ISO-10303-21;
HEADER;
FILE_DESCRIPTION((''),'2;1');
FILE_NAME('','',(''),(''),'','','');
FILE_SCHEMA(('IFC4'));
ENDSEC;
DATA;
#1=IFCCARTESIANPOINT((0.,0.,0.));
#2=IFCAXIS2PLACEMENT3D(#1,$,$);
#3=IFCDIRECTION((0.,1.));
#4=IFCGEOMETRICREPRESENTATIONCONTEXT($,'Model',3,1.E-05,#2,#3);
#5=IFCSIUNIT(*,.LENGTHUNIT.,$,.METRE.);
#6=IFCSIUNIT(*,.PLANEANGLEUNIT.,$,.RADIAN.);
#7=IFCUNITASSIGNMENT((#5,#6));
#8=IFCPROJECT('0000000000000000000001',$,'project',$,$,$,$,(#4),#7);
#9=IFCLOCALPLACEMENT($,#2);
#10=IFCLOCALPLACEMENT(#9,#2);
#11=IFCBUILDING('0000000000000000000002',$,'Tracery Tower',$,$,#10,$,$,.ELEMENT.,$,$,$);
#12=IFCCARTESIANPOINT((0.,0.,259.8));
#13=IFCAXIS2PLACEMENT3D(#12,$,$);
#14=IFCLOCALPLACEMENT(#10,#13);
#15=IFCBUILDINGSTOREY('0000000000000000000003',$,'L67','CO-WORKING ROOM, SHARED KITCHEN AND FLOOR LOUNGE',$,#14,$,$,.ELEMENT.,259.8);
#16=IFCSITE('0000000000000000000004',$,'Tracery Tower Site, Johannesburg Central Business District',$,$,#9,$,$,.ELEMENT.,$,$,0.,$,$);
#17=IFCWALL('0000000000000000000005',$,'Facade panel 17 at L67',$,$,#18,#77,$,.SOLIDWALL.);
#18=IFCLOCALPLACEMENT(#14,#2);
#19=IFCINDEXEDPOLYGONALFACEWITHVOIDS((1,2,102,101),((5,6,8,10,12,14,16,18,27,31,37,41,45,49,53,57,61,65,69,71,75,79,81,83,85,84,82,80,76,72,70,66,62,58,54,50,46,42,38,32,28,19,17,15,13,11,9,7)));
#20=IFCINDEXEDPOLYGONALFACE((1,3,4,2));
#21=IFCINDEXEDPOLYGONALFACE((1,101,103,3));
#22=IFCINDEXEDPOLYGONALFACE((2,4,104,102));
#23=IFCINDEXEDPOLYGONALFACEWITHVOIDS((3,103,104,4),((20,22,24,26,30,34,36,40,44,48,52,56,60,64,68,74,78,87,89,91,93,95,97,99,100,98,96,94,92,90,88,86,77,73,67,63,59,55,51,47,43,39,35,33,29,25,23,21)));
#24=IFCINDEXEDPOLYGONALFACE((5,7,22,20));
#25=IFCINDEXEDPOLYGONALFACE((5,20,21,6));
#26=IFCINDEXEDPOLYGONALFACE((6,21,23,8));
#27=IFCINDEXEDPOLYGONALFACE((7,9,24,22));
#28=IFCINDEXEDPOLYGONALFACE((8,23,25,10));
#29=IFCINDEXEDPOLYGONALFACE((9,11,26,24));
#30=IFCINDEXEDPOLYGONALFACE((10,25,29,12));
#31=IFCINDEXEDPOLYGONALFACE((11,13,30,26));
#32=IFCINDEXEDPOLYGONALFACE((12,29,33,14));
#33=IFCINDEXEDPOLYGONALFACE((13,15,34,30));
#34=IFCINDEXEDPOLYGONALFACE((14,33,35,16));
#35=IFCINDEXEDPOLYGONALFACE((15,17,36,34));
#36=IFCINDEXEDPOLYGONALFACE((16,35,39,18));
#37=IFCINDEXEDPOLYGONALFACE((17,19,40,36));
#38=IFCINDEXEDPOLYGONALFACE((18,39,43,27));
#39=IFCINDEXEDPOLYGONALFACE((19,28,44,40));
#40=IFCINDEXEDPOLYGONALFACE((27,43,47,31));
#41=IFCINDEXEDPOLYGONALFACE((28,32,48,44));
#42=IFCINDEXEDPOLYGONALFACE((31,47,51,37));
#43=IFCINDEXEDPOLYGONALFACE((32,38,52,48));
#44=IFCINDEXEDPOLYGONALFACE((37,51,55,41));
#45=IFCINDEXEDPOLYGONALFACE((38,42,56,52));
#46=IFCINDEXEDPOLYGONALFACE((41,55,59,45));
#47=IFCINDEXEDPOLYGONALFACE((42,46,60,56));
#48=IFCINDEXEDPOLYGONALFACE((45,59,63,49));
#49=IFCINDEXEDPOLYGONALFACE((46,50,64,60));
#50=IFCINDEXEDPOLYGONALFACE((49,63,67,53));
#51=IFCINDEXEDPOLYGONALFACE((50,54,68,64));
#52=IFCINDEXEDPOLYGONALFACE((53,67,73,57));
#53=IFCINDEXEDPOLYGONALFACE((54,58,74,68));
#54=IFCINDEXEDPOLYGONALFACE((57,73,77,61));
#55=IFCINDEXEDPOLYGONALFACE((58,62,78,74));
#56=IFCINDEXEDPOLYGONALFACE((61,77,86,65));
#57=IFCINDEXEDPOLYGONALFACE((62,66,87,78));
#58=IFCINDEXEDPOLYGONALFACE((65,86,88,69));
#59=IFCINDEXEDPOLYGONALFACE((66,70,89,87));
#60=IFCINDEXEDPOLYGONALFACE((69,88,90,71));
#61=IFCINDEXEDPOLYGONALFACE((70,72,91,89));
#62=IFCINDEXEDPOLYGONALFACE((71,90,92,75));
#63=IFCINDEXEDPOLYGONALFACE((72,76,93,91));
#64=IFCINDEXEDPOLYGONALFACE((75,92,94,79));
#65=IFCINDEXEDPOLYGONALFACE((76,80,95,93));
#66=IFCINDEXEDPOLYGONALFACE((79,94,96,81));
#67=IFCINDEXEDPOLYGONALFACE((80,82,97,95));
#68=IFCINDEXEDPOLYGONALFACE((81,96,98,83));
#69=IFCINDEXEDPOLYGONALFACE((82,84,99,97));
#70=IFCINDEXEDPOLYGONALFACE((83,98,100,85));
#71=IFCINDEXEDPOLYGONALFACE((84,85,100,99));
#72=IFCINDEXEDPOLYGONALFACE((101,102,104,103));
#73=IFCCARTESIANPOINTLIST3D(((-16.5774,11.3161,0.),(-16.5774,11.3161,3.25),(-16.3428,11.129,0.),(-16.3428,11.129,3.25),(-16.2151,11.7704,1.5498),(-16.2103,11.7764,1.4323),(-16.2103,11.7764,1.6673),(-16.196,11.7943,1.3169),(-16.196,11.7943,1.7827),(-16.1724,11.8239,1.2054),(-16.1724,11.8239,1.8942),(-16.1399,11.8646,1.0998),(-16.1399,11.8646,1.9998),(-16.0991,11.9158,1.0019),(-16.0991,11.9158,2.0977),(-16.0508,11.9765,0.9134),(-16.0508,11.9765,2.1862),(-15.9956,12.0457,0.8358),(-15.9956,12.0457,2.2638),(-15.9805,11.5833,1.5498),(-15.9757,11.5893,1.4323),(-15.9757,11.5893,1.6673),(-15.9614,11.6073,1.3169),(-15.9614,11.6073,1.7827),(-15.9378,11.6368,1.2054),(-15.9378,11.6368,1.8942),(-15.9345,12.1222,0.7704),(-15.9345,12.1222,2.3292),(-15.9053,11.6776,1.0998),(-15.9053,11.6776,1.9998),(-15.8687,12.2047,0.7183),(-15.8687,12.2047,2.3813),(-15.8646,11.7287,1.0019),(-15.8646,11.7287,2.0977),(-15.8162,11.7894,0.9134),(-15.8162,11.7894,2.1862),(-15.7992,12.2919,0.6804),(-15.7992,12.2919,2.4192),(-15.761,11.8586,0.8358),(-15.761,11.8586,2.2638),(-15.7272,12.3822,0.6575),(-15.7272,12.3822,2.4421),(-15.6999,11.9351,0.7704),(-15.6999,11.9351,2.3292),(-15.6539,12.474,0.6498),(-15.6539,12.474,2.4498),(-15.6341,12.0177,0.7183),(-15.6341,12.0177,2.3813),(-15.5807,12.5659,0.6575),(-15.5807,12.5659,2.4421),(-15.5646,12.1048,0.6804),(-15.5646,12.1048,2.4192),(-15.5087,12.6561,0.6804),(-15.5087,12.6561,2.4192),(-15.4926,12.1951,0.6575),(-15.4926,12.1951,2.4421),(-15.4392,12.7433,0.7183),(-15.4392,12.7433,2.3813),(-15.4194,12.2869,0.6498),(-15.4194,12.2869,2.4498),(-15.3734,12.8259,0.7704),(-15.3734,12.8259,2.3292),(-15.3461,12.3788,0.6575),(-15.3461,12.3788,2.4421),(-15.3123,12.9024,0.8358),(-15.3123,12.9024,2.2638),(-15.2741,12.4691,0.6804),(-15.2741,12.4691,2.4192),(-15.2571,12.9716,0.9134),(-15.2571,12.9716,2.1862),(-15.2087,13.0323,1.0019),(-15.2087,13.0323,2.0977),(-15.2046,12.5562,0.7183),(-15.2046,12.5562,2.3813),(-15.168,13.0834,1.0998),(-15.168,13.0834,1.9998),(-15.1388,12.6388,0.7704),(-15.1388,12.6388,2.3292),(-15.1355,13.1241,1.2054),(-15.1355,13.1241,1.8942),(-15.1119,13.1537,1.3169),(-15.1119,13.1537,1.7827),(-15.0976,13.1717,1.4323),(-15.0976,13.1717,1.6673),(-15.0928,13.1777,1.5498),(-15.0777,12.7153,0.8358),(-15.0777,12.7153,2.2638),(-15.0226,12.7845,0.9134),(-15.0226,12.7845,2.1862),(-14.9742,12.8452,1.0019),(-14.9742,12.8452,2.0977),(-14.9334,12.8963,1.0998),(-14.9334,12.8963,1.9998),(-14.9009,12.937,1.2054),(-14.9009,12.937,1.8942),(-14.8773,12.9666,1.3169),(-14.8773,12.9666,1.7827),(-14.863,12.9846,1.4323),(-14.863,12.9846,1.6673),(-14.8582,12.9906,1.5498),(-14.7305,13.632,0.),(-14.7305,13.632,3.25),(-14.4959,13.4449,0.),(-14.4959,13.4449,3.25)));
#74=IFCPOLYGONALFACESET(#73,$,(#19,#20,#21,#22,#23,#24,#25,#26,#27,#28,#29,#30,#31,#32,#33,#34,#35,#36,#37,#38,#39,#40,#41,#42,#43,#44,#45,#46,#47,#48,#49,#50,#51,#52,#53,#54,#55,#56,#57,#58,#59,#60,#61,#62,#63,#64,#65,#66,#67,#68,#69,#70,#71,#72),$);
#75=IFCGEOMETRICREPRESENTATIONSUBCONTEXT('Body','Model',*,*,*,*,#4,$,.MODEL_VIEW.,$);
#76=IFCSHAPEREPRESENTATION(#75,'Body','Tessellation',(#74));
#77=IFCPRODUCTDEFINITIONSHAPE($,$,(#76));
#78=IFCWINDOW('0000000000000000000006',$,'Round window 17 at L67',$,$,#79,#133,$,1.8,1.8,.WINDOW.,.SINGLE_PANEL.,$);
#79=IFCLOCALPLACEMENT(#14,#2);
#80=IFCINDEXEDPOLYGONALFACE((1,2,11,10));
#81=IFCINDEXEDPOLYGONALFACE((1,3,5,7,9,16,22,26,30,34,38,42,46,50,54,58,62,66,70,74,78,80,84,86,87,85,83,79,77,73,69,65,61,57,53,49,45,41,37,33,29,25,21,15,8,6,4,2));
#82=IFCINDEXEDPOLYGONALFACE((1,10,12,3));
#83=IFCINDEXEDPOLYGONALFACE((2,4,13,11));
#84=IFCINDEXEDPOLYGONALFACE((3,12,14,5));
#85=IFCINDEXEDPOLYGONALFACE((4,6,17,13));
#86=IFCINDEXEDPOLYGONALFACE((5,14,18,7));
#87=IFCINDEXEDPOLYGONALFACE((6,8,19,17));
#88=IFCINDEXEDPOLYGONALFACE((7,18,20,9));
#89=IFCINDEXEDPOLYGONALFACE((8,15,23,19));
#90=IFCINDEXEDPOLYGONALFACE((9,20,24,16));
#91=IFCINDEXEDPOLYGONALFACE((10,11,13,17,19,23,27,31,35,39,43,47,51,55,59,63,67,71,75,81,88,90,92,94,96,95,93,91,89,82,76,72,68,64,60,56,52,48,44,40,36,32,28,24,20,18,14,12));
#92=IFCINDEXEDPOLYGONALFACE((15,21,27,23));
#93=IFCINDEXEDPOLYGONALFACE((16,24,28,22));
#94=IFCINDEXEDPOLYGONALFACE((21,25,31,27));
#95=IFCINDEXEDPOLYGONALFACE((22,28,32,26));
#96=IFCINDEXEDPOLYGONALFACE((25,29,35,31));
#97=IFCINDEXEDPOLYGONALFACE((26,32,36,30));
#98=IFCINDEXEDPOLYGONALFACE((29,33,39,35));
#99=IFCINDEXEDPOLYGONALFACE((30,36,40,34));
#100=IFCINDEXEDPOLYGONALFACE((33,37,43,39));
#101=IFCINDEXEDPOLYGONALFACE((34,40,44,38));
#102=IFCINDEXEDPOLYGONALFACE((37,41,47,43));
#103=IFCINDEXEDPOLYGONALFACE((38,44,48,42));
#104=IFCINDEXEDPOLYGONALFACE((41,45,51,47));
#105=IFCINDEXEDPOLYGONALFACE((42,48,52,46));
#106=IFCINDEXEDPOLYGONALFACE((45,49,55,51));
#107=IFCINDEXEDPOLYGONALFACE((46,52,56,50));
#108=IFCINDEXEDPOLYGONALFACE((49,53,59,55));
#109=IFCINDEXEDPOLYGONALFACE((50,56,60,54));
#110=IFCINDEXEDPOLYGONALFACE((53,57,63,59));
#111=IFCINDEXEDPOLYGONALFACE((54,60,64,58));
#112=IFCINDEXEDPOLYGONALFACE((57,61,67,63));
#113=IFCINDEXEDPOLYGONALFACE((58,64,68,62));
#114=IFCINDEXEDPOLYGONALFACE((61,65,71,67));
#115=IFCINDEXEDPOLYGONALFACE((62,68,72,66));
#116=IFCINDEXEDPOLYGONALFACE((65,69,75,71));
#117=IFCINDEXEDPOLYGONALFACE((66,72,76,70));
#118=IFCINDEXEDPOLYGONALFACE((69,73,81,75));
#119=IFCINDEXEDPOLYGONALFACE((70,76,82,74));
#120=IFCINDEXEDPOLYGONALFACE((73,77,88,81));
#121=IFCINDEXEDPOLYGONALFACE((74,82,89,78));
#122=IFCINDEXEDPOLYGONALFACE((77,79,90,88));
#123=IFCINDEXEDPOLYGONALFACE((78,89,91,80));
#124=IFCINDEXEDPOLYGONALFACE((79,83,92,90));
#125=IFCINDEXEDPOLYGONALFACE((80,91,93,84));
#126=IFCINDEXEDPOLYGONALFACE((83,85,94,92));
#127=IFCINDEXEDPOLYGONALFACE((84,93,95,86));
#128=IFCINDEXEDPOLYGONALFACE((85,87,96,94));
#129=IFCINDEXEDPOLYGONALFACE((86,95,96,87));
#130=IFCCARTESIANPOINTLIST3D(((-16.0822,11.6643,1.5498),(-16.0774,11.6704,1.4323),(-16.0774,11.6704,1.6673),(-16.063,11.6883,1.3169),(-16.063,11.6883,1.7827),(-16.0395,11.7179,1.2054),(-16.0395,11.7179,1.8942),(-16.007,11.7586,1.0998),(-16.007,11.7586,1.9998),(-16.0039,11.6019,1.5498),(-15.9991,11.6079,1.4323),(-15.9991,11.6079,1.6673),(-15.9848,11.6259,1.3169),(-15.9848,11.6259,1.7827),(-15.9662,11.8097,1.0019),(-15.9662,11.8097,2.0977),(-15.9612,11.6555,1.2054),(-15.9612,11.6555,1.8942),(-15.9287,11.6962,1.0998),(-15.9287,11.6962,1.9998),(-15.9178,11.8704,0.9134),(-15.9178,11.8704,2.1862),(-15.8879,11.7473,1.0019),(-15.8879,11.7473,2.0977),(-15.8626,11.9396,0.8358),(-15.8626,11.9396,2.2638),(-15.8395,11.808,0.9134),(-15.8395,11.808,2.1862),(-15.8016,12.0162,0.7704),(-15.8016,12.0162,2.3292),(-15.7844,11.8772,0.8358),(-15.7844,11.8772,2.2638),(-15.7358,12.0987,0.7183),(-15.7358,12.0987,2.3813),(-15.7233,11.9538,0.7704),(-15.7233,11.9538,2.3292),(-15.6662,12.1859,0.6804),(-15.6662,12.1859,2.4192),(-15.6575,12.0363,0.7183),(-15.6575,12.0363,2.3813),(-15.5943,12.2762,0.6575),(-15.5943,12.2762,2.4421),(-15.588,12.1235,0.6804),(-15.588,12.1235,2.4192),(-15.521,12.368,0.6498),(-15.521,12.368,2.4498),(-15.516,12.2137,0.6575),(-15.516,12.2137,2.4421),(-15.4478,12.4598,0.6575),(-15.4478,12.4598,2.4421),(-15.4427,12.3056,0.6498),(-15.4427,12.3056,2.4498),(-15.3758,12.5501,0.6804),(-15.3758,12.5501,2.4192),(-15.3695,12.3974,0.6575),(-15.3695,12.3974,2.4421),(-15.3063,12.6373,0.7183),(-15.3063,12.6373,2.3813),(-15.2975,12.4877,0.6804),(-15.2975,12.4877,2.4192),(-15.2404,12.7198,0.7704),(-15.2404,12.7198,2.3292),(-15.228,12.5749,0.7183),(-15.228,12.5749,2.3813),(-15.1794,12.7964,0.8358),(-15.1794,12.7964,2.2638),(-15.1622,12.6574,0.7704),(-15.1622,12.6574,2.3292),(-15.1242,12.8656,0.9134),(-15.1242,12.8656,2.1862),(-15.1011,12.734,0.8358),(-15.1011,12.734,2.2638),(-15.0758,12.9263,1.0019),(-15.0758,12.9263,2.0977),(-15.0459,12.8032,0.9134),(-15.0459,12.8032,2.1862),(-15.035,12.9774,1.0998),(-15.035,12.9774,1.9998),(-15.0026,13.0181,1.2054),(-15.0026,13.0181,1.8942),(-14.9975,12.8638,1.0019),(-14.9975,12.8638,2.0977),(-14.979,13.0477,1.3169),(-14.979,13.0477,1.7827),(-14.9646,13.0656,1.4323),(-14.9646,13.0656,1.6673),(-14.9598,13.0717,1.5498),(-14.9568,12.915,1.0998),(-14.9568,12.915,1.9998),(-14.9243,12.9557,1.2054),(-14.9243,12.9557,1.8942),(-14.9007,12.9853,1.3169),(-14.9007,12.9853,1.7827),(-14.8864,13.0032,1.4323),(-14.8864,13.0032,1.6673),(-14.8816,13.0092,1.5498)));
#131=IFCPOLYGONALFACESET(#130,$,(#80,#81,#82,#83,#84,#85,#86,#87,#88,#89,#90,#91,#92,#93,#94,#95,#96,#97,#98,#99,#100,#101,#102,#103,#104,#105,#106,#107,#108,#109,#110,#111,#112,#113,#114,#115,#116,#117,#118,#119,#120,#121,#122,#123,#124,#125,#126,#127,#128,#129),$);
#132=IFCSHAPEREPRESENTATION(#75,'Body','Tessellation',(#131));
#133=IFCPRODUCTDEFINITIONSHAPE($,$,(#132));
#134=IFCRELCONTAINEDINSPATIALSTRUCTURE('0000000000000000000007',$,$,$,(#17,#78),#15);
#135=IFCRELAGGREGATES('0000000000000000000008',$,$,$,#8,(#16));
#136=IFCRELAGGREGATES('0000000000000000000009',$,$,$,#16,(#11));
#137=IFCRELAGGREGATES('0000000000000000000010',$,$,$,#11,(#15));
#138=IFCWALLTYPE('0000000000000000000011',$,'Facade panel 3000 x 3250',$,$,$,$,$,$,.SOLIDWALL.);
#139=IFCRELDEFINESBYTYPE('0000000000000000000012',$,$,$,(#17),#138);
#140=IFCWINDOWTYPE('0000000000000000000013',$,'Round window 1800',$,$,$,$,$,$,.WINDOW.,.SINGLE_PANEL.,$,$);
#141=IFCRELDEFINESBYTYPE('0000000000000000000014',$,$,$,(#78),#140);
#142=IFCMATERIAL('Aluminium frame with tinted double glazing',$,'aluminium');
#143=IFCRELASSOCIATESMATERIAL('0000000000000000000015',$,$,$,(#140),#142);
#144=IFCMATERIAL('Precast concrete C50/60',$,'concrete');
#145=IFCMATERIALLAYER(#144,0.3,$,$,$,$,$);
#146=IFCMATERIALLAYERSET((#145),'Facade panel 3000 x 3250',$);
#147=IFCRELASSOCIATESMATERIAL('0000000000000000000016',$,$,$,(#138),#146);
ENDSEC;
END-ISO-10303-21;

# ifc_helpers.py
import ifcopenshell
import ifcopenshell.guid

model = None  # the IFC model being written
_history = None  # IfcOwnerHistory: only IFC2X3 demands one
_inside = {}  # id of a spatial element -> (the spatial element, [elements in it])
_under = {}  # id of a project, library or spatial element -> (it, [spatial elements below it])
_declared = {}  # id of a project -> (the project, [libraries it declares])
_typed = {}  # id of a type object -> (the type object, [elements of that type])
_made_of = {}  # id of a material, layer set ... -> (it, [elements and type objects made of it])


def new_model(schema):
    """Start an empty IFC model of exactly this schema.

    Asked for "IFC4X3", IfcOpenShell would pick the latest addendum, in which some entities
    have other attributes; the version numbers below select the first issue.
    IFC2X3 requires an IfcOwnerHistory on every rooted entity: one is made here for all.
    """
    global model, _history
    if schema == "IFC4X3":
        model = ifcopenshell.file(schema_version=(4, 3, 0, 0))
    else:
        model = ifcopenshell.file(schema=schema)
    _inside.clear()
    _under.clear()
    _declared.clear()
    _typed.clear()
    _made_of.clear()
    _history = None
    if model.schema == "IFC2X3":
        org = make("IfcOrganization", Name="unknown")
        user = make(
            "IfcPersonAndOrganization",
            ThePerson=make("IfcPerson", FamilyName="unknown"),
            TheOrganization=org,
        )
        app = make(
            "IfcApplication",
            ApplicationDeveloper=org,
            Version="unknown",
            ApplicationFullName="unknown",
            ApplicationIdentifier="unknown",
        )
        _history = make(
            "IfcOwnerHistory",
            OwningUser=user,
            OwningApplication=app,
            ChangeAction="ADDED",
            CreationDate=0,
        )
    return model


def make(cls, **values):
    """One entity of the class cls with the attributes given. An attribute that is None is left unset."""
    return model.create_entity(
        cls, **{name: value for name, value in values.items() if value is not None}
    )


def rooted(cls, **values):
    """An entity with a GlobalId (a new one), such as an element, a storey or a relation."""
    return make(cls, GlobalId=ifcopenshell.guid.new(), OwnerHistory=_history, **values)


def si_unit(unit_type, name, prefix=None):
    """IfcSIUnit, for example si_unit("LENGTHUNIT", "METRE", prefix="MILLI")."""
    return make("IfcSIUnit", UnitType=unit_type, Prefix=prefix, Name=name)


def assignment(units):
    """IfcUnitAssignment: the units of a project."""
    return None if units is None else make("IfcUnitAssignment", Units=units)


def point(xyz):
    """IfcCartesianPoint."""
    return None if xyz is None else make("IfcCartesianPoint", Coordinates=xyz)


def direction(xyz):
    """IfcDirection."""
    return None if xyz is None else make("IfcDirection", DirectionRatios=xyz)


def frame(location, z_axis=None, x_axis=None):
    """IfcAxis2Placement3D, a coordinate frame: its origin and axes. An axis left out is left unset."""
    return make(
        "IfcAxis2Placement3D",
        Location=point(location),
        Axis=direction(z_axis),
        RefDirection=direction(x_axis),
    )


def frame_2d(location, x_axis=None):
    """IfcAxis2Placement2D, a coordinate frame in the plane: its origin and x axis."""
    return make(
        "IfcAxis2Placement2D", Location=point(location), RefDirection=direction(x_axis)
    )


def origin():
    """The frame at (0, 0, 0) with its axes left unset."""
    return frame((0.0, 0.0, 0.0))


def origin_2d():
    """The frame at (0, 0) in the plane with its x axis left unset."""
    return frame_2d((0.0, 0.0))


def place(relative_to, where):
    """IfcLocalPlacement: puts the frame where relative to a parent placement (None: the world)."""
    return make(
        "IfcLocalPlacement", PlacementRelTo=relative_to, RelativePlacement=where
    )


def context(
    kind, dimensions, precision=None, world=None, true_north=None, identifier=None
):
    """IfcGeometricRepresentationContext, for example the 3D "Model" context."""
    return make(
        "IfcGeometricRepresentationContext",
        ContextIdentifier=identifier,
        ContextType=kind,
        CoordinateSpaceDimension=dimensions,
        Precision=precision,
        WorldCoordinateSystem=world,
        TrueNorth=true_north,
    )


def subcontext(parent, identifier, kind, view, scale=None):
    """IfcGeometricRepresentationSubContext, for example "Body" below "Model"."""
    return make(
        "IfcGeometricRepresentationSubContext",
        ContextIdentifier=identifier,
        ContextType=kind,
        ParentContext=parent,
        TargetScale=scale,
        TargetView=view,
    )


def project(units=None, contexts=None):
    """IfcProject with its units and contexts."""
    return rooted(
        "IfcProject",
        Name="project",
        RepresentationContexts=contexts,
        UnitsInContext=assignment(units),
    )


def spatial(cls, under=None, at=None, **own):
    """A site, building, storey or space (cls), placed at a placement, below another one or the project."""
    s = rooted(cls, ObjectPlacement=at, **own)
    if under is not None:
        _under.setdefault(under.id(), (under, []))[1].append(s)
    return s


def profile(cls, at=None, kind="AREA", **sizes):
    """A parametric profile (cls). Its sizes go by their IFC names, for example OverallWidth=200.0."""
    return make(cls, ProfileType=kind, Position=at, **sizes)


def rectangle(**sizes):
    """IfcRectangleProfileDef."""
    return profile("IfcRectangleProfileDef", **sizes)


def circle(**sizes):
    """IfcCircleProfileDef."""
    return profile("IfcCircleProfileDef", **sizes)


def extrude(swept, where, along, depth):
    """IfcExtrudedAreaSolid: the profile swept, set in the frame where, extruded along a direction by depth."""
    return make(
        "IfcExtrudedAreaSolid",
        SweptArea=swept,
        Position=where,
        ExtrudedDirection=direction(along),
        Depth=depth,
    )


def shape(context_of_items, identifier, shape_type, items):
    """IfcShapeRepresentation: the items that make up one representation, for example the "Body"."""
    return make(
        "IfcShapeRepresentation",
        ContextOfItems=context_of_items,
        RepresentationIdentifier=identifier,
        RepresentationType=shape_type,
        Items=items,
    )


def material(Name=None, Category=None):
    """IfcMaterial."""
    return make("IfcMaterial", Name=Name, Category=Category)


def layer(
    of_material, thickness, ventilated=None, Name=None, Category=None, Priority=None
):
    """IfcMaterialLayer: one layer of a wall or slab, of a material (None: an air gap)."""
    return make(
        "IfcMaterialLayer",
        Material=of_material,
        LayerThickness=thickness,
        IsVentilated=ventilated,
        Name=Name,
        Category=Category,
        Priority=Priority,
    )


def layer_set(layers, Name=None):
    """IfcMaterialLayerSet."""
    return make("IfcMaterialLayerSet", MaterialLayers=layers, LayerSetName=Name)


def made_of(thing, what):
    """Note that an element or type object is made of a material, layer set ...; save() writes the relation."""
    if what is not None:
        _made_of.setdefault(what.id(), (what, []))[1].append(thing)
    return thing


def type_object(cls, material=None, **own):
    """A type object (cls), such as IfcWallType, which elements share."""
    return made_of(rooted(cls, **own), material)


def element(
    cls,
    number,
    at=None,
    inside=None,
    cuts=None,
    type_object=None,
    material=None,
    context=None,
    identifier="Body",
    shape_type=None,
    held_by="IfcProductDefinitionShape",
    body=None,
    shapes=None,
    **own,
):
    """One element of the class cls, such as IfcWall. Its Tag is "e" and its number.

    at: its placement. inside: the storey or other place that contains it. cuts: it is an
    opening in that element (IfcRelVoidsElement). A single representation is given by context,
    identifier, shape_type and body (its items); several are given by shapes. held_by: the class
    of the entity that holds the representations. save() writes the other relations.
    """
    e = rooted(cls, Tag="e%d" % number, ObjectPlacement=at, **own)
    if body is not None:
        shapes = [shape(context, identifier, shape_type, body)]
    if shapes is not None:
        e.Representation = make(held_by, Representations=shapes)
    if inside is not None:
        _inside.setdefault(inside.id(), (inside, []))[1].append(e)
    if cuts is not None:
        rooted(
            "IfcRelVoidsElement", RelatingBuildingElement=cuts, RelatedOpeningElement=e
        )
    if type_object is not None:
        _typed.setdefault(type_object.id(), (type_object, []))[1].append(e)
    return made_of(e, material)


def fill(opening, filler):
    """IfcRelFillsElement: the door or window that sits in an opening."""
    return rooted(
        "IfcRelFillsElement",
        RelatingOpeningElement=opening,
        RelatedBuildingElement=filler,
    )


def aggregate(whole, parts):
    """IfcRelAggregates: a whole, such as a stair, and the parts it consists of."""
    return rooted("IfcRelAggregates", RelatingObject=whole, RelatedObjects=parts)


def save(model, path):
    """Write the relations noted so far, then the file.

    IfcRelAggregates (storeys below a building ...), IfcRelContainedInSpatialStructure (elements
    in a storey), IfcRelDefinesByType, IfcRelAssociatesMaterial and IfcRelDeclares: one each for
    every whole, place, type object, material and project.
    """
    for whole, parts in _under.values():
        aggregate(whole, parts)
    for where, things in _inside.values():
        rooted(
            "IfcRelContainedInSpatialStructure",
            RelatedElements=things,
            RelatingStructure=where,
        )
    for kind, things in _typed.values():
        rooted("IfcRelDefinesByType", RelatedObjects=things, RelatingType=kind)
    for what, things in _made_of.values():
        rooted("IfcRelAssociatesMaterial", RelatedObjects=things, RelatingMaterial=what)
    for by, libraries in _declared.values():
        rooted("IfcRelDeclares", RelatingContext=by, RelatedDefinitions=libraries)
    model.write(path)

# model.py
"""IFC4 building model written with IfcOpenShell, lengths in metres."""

from ifc_helpers import new_model, si_unit, direction, frame, frame_2d, origin, origin_2d, place, context, subcontext, project, spatial, rectangle, circle, extrude, material, layer, layer_set, type_object, element, fill, save


model = new_model("IFC4")

# Units and contexts
model_context = context("Model", 3, precision=1e-05, world=origin(), true_north=direction((0.0, 1.0)))
body_context = subcontext(model_context, "Body", "Model", "MODEL_VIEW")
ifc_project = project(units=[si_unit("LENGTHUNIT", "METRE"), si_unit("PLANEANGLEUNIT", "RADIAN")], contexts=[model_context])

# Site, building, storey
site_placement = place(None, origin())
site = spatial("IfcSite", under=ifc_project, at=site_placement, Name="Tracery Tower Site, Johannesburg Central Business District", CompositionType="ELEMENT", RefElevation=0.0)
building_placement = place(site_placement, origin())
building = spatial("IfcBuilding", under=site, at=building_placement, Name="Tracery Tower", CompositionType="ELEMENT")
storey_placement = place(building_placement, frame((0.0, 0.0, 259.8)))
storey = spatial("IfcBuildingStorey", under=building, at=storey_placement, Name="L67", Description="CO-WORKING ROOM, SHARED KITCHEN AND FLOOR LOUNGE", CompositionType="ELEMENT", Elevation=259.8)

# Wall, opening, window
ifc_material_1 = material(Name="Aluminium frame with tinted double glazing", Category="aluminium")
window_type = type_object("IfcWindowType", Name="Round window 1800", PartitioningType="SINGLE_PANEL", PredefinedType="WINDOW", material=ifc_material_1)
ifc_material_2 = material(Name="Precast concrete C50/60", Category="concrete")
ifc_layer_1 = layer(ifc_material_2, 0.3)
ifc_layer_set_1 = layer_set([ifc_layer_1], Name="Facade panel 3000 x 3250")
wall_type_1 = type_object("IfcWallType", Name="Facade panel 3000 x 3250", PredefinedType="SOLIDWALL", material=ifc_layer_set_1)
wall_1_placement = place(storey_placement, frame((-14.6133, 13.5383, 0.0), z_axis=(0.0, 0.0, 1.0), x_axis=(-0.623498, -0.781825, 0.0)))
wall_1 = element("IfcWall", 1, at=wall_1_placement, inside=storey, type_object=wall_type_1, Name="Facade panel 17 at L67", PredefinedType="SOLIDWALL", context=body_context, shape_type="SweptSolid", body=[
    extrude(rectangle(XDim=2.9622, YDim=0.3, at=frame_2d((1.481, 0.0))), origin(), (0.0, 0.0, 1.0), 3.25),
])
opening_1_placement = place(wall_1_placement, frame((1.481, 0.0, 1.5498)))
opening_1 = element("IfcOpeningElement", 2, at=opening_1_placement, cuts=wall_1, PredefinedType="OPENING", context=body_context, shape_type="SweptSolid", body=[
    extrude(circle(Radius=0.9, at=origin_2d()), frame((0.0, 0.1599, 0.0), z_axis=(0.0, -1.0, 0.0), x_axis=(1.0, 0.0, 0.0)), (0.0, 0.0, 1.0), 0.3201),
])
window_1_placement = place(opening_1_placement, origin())
window_1 = element("IfcWindow", 3, at=window_1_placement, inside=storey, type_object=window_type, Name="Round window 17 at L67", OverallHeight=1.8, OverallWidth=1.8, PartitioningType="SINGLE_PANEL", PredefinedType="WINDOW", context=body_context, shape_type="SweptSolid", body=[
    extrude(circle(Radius=0.9, at=origin_2d()), frame((0.0, 0.1201, 0.0), z_axis=(0.0, -1.0, 0.0), x_axis=(1.0, 0.0, 0.0)), (0.0, 0.0, 1.0), 0.1001),
])
fill(opening_1, window_1)

save(model, "model.ifc")
